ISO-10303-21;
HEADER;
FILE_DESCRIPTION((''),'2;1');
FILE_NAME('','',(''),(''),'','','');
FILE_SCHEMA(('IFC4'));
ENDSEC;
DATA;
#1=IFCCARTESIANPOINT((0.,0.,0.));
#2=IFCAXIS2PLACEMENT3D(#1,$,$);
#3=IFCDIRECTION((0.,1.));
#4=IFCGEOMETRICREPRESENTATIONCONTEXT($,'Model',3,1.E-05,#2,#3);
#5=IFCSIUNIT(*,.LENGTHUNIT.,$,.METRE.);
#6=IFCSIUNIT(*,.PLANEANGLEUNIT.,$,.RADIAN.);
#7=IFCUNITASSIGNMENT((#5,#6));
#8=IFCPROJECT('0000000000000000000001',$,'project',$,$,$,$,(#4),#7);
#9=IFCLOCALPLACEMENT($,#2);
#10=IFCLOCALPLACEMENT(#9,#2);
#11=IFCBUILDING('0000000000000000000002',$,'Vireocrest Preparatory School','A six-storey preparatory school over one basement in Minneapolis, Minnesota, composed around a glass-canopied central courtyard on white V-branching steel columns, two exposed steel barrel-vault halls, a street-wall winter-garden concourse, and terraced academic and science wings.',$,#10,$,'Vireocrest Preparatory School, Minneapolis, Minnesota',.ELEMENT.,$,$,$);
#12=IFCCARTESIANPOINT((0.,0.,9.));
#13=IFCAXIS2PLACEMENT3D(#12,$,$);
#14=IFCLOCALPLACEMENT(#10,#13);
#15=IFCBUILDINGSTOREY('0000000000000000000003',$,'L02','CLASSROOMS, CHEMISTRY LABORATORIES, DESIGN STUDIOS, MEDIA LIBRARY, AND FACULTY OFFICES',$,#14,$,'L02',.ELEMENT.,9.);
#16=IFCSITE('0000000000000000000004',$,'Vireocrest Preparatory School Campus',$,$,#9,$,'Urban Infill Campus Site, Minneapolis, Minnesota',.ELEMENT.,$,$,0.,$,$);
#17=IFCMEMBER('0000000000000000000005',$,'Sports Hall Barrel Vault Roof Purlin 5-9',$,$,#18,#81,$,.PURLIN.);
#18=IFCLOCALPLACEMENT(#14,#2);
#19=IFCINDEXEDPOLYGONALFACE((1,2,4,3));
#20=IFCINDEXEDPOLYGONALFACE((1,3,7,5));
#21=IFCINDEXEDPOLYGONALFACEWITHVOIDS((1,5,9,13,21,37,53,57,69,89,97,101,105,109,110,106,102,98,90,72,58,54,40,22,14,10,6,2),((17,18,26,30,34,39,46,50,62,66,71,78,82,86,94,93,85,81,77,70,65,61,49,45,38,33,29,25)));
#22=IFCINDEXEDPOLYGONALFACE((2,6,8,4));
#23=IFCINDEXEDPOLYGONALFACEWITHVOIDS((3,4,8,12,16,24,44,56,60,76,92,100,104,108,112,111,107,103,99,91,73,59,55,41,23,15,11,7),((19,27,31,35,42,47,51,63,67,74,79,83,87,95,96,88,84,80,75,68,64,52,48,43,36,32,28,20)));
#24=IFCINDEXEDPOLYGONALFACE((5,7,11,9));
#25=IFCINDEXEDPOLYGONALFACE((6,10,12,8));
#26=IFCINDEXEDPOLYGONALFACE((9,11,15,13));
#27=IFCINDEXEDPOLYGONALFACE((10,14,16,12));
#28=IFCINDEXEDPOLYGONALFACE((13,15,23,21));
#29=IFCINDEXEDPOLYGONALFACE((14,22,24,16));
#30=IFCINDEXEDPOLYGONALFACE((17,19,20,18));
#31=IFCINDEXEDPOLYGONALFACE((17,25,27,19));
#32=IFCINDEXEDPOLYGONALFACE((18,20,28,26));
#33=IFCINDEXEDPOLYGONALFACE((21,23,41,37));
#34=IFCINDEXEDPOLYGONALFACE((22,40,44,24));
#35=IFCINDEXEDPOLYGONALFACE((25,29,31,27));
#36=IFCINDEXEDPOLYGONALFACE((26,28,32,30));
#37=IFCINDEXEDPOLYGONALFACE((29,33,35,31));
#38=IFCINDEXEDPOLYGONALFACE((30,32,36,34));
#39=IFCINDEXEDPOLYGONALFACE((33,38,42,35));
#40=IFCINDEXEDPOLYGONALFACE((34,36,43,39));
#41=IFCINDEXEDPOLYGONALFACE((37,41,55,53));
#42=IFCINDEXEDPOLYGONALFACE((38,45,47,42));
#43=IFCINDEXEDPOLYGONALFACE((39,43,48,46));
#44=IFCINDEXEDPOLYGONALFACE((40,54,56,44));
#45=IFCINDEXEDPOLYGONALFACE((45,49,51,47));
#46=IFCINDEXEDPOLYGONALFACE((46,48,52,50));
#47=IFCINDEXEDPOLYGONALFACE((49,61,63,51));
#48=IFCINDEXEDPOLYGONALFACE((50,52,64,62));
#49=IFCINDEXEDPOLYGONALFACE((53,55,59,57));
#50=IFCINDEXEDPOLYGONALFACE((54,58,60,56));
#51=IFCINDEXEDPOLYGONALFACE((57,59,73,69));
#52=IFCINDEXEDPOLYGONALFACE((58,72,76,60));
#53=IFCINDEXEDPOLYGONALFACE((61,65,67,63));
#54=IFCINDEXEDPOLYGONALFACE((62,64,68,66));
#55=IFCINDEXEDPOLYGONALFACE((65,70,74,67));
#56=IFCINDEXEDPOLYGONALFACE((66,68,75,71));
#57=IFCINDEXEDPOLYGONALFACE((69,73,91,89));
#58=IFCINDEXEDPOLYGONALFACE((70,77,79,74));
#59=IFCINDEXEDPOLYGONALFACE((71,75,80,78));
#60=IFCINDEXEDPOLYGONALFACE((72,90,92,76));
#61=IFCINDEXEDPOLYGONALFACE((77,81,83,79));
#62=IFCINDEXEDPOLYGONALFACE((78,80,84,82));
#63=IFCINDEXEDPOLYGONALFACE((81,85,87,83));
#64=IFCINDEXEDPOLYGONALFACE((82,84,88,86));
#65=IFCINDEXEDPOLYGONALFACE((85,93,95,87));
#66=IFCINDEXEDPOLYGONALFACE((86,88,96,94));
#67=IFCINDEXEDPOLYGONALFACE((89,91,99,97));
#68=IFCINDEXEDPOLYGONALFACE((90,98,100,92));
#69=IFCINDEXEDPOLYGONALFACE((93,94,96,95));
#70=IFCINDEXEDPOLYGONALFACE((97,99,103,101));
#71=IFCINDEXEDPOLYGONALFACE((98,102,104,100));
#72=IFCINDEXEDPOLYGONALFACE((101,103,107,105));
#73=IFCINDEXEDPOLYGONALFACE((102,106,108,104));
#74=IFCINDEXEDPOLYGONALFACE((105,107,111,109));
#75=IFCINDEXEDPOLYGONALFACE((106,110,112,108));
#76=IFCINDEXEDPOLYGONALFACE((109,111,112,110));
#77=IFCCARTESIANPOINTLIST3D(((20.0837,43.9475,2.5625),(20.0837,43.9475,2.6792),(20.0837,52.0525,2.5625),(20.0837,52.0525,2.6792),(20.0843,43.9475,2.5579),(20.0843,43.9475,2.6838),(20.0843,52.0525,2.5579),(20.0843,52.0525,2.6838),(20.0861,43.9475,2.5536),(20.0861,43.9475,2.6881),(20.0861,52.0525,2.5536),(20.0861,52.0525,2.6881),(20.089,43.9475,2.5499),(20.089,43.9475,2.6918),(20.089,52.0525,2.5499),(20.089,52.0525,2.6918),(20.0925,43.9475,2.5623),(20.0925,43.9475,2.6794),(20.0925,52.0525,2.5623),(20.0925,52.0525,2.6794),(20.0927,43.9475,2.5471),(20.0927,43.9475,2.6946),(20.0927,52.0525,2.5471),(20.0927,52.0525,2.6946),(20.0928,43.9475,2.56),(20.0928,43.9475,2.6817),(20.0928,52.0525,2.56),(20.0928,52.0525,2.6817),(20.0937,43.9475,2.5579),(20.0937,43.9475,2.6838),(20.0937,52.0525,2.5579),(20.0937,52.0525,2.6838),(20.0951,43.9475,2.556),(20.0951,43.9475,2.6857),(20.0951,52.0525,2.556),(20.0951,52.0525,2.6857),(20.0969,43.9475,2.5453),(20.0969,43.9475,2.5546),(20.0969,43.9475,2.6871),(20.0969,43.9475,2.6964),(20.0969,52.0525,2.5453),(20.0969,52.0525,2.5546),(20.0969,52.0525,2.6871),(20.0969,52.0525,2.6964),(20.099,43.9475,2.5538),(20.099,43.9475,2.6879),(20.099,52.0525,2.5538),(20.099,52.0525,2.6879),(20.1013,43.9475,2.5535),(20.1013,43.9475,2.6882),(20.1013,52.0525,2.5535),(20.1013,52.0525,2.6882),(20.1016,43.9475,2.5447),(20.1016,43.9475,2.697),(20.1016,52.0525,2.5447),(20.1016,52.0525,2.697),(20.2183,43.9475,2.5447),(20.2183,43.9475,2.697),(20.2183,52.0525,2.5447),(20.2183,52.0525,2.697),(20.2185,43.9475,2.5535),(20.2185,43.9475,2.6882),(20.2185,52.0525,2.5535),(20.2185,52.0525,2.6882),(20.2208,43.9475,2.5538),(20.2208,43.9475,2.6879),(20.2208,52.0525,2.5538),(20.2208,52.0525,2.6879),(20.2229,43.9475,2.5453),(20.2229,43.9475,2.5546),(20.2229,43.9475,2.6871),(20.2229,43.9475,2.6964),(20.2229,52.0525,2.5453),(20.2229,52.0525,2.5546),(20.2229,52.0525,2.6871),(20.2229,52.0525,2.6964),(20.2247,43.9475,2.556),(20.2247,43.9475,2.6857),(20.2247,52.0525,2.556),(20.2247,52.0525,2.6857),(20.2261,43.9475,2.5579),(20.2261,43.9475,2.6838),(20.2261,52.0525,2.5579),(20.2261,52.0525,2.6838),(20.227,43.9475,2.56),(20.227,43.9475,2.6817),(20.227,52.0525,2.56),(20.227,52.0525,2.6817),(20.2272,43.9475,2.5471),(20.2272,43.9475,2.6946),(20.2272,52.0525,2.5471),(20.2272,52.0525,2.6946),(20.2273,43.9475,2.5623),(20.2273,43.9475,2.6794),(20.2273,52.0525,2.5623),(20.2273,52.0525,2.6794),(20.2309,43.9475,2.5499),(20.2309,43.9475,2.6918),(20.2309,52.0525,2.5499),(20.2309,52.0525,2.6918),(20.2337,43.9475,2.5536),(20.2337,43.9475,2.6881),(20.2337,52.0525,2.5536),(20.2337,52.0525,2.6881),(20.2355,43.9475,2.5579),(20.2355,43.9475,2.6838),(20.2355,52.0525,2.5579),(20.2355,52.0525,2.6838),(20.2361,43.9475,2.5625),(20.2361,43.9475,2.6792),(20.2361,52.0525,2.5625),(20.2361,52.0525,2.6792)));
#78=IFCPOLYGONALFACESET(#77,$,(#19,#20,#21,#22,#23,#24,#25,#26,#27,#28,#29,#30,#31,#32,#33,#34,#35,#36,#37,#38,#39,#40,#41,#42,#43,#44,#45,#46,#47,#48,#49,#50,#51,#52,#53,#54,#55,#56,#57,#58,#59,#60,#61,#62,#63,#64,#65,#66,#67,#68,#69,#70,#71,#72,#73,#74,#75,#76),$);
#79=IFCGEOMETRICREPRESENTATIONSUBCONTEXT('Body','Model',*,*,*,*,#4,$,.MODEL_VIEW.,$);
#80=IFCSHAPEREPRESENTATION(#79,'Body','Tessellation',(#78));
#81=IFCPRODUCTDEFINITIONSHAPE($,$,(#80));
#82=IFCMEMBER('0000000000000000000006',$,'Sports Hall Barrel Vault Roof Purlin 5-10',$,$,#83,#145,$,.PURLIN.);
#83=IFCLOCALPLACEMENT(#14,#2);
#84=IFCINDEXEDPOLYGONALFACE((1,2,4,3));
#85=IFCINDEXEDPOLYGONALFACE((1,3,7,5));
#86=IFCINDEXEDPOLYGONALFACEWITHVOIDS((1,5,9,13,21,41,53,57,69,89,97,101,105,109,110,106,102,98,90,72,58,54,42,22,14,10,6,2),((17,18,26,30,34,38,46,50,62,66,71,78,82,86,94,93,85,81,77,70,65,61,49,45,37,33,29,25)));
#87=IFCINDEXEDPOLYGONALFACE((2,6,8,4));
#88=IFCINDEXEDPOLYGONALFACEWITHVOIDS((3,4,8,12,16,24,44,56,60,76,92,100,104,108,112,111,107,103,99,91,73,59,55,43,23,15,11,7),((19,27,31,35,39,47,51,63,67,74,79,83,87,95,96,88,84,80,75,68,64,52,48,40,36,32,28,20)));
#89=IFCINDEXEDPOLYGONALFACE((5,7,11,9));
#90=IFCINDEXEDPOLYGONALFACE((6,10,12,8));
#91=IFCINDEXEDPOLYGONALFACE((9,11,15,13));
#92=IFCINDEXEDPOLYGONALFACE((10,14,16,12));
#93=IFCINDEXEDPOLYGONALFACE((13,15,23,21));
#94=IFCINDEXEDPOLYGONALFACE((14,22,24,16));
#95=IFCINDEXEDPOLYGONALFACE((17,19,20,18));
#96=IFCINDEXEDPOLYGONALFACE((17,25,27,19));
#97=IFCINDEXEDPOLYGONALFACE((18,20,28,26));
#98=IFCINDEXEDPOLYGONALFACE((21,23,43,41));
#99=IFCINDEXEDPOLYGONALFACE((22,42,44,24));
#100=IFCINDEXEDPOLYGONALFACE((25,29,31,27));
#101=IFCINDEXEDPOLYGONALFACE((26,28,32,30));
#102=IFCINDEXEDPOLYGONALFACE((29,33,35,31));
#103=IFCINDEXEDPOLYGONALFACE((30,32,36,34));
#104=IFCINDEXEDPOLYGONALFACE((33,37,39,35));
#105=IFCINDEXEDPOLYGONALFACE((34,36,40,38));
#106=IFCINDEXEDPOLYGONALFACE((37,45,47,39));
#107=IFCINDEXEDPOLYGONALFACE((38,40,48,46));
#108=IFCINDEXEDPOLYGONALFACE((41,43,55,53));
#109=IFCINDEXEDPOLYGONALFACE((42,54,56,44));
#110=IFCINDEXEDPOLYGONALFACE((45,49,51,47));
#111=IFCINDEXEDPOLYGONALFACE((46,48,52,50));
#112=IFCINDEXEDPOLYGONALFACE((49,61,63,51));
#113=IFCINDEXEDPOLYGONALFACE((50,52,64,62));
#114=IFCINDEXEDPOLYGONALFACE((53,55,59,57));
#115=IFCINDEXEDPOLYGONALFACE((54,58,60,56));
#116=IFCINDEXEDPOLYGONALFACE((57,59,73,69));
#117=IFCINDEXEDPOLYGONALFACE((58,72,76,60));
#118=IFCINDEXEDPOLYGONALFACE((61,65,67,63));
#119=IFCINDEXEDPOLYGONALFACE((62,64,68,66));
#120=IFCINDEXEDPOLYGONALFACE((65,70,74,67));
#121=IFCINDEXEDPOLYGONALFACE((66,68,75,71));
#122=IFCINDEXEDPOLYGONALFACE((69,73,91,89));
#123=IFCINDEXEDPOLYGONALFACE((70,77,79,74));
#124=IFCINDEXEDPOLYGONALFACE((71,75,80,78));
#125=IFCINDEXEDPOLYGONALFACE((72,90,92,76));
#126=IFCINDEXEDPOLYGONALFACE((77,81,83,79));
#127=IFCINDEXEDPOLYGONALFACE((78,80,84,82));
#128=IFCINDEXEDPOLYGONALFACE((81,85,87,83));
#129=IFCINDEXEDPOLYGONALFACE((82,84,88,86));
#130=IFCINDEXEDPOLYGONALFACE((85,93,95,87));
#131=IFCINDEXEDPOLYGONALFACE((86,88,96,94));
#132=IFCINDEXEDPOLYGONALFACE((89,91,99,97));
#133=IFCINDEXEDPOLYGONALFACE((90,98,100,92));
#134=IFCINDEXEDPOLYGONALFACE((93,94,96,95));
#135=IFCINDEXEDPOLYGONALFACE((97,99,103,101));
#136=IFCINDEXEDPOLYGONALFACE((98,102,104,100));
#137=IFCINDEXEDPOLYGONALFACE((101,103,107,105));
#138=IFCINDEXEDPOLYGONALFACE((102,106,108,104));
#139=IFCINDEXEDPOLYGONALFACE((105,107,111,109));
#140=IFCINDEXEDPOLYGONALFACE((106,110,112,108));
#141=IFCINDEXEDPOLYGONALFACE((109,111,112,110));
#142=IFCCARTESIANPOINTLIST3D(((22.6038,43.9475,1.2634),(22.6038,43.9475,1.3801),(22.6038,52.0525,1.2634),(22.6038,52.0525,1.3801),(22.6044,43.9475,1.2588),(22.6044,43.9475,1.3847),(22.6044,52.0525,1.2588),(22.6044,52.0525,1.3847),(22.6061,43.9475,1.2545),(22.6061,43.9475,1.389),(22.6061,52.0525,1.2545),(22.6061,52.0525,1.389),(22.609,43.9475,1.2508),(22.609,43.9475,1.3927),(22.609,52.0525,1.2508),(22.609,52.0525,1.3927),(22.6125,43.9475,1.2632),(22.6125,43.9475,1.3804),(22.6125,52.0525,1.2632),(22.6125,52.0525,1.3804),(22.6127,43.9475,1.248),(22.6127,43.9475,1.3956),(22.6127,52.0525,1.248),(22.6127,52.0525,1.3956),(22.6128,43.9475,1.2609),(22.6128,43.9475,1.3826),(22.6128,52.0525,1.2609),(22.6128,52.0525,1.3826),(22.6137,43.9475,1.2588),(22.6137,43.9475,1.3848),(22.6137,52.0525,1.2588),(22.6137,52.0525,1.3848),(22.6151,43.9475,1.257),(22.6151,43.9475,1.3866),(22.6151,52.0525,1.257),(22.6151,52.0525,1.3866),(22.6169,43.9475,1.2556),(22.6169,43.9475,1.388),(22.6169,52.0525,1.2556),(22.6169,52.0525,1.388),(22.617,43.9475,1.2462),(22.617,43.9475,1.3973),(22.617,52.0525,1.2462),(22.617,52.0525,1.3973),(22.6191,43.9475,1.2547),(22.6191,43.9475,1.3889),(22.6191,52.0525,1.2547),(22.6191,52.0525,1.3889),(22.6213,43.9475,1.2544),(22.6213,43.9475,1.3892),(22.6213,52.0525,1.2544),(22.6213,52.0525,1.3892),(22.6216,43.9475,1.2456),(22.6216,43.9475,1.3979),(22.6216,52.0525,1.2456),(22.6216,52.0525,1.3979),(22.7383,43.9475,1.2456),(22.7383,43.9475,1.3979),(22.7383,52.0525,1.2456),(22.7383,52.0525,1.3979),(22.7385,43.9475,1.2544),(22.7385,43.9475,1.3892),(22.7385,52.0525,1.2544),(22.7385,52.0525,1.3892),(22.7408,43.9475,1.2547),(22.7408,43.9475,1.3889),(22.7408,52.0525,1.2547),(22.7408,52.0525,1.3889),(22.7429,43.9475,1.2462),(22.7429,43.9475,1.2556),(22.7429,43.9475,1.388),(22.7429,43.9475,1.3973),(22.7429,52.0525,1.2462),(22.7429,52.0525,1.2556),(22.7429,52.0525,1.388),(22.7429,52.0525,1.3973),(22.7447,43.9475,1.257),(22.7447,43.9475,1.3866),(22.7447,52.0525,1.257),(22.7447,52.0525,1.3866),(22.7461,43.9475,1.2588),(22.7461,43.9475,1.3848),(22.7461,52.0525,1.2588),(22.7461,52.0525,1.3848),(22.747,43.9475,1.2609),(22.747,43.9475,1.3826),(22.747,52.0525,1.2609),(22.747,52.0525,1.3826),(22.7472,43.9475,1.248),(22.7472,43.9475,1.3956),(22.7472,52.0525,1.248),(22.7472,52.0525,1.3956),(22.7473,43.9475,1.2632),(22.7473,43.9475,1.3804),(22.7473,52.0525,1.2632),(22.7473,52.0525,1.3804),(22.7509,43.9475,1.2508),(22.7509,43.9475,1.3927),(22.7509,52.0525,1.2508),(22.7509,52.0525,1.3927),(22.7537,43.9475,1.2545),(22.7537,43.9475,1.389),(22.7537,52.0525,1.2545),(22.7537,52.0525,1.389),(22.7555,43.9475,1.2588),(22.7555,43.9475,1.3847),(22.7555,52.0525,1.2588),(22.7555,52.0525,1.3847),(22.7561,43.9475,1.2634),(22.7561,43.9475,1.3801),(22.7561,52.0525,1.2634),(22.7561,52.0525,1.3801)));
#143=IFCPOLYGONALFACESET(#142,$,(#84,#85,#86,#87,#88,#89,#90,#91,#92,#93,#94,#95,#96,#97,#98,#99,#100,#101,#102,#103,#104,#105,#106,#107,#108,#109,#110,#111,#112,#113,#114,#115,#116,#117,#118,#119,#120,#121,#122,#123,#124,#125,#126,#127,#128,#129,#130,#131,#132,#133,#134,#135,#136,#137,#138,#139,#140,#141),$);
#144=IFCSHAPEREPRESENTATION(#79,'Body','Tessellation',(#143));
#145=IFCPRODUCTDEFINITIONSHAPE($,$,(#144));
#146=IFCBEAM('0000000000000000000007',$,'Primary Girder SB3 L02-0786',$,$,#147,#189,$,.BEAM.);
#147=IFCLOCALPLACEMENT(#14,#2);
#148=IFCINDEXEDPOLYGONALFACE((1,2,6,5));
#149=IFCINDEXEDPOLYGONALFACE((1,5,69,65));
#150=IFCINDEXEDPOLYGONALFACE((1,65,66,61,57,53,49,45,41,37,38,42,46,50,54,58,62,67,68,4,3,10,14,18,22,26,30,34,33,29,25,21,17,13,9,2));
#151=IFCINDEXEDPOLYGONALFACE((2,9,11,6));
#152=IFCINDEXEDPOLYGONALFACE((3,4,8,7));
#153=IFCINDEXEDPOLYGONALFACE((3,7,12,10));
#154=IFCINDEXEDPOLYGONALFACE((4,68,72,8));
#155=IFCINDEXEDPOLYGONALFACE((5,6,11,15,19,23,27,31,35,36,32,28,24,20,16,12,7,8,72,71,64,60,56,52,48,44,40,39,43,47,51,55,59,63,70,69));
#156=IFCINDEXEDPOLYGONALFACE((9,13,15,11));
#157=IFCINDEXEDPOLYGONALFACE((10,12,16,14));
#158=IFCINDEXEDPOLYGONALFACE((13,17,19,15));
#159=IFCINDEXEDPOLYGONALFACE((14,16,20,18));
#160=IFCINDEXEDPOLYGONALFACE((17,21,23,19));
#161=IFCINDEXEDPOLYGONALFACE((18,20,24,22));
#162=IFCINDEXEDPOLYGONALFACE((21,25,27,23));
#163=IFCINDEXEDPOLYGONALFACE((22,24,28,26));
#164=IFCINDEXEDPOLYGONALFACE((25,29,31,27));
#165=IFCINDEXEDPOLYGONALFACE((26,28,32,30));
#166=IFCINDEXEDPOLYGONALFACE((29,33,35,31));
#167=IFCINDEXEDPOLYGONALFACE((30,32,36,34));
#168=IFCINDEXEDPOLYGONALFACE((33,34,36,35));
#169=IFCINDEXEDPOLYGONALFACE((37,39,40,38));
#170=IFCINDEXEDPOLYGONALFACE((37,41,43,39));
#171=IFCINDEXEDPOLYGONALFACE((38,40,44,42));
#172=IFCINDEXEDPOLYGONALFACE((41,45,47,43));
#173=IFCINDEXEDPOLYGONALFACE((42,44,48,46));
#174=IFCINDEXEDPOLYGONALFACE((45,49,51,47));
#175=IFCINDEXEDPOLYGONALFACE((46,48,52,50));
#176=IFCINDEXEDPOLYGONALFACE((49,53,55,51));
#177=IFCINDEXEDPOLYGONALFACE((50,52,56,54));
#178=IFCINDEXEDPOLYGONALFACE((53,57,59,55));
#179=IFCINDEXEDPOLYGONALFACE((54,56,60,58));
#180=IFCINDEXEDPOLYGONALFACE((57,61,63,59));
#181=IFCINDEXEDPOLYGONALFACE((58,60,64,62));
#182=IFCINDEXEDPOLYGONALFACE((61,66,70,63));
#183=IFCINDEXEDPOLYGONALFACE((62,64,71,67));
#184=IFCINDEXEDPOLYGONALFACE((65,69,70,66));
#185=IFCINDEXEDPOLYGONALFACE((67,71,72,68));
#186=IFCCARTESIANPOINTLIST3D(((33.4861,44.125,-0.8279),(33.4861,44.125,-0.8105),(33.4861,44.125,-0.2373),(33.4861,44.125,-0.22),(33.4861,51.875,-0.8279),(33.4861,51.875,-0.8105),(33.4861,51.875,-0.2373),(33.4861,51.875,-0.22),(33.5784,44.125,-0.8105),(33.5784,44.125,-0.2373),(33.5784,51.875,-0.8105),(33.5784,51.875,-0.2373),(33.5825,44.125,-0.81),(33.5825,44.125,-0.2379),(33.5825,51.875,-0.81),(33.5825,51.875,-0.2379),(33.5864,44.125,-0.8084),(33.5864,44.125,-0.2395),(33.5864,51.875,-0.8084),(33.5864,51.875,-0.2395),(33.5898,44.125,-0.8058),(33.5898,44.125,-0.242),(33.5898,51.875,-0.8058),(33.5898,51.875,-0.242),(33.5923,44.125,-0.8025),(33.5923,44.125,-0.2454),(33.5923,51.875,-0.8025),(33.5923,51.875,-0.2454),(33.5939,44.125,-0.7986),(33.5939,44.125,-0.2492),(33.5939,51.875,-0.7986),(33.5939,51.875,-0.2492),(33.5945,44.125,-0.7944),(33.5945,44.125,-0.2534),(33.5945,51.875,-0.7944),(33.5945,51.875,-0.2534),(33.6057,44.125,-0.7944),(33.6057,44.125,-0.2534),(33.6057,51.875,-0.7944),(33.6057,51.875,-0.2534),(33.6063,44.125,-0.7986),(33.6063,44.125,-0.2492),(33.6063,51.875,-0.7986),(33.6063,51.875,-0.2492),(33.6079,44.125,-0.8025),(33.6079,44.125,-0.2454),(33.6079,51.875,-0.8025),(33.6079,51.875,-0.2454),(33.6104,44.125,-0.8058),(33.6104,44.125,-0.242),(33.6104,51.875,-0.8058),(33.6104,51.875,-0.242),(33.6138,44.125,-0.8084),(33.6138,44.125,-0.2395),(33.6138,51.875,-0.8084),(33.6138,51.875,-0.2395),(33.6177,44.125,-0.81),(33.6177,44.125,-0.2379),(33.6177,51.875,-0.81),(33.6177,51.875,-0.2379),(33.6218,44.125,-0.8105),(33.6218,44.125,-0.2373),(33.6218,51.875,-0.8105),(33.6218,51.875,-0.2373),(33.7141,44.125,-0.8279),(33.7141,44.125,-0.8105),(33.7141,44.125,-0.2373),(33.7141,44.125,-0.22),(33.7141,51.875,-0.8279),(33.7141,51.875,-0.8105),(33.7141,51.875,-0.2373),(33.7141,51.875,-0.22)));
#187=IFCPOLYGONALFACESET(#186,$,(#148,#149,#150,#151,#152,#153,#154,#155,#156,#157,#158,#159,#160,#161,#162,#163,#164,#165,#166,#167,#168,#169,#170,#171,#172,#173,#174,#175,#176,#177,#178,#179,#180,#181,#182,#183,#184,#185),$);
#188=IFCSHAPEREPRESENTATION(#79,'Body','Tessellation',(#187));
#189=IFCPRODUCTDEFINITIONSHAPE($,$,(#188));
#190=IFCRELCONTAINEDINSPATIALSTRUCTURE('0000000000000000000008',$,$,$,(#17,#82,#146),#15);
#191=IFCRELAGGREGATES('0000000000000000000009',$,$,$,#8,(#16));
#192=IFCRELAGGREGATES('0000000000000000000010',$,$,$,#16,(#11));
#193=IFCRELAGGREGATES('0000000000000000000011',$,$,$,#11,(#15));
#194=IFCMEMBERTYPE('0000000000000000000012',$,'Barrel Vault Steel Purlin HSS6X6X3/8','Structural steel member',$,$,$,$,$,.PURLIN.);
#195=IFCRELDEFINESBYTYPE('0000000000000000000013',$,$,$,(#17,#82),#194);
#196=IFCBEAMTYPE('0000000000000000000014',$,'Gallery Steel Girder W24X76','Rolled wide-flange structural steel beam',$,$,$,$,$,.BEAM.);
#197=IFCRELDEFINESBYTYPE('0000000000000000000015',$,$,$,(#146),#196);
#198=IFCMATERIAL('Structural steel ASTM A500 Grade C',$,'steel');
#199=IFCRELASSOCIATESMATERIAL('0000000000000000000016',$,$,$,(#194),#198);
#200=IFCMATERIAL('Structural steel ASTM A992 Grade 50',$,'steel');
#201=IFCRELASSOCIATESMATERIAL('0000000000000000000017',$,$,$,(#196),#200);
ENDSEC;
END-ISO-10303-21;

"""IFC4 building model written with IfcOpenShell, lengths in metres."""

from ifc_helpers import new_model, si_unit, direction, frame, origin, origin_2d, place, context, subcontext, project, spatial, hollow_rectangle, i_section, extrude, material, material_profile, profile_set, type_object, element, save


model = new_model("IFC4")

# Units and contexts
model_context = context("Model", 3, precision=1e-05, world=origin(), true_north=direction((0.0, 1.0)))
body_context = subcontext(model_context, "Body", "Model", "MODEL_VIEW")
ifc_project = project(units=[si_unit("LENGTHUNIT", "METRE"), si_unit("PLANEANGLEUNIT", "RADIAN")], contexts=[model_context])

# Site, building, storey
site_placement = place(None, origin())
site = spatial("IfcSite", under=ifc_project, at=site_placement, Name="Vireocrest Preparatory School Campus", LongName="Urban Infill Campus Site, Minneapolis, Minnesota", CompositionType="ELEMENT", RefElevation=0.0)
building_placement = place(site_placement, origin())
building = spatial("IfcBuilding", under=site, at=building_placement, Name="Vireocrest Preparatory School", Description="A six-storey preparatory school over one basement in Minneapolis, Minnesota, composed around a glass-canopied central courtyard on white V-branching steel columns, two exposed steel barrel-vault halls, a street-wall winter-garden concourse, and terraced academic and science wings.", LongName="Vireocrest Preparatory School, Minneapolis, Minnesota", CompositionType="ELEMENT")
storey_placement = place(building_placement, frame((0.0, 0.0, 9.0)))
storey = spatial("IfcBuildingStorey", under=building, at=storey_placement, Name="L02", Description="CLASSROOMS, CHEMISTRY LABORATORIES, DESIGN STUDIOS, MEDIA LIBRARY, AND FACULTY OFFICES", LongName="L02", CompositionType="ELEMENT", Elevation=9.0)

# Members
ifc_material_1 = material(Name="Structural steel ASTM A500 Grade C", Category="steel")
ifc_material_profile_1 = material_profile(ifc_material_1, hollow_rectangle(XDim=0.1523, YDim=0.1523, WallThickness=0.0088, InnerFilletRadius=0.0088, OuterFilletRadius=0.0178, at=origin_2d()), Name="HSS6X6X3/8")
ifc_profile_set_1 = profile_set([ifc_material_profile_1], Name="Structural steel ASTM A500 Grade C")
member_type = type_object("IfcMemberType", Name="Barrel Vault Steel Purlin HSS6X6X3/8", Description="Structural steel member", PredefinedType="PURLIN", material=ifc_profile_set_1)
for number, where, z_axis, x_axis, name in (
    (1, (20.1599, 43.9475, 2.6208), (0.0, 1.0, 0.0), (-1.0, 0.0, 0.0), "Sports Hall Barrel Vault Roof Purlin 5-9"),
    (2, (22.6799, 43.9475, 1.3218), (0.0, 1.0, 0.0), (-1.0, 0.0, 0.0), "Sports Hall Barrel Vault Roof Purlin 5-10"),
):
    element("IfcMember", number, at=place(storey_placement, frame(where, z_axis=z_axis, x_axis=x_axis)), inside=storey, type_object=member_type, Name=name, PredefinedType="PURLIN", context=body_context, shape_type="SweptSolid", body=[
        extrude(hollow_rectangle(XDim=0.1523, YDim=0.1523, WallThickness=0.0088, InnerFilletRadius=0.0088, OuterFilletRadius=0.0178, at=origin_2d()), origin(), (0.0, 0.0, 1.0), 8.105),
    ])

# Beam
ifc_material_2 = material(Name="Structural steel ASTM A992 Grade 50", Category="steel")
ifc_material_profile_2 = material_profile(ifc_material_2, i_section(OverallWidth=0.228, OverallDepth=0.6079, WebThickness=0.0112, FlangeThickness=0.0173, FilletRadius=0.0161, at=origin_2d()), Name="W24X76")
ifc_profile_set_2 = profile_set([ifc_material_profile_2], Name="Structural steel ASTM A992 Grade 50")
beam_type_1 = type_object("IfcBeamType", Name="Gallery Steel Girder W24X76", Description="Rolled wide-flange structural steel beam", PredefinedType="BEAM", material=ifc_profile_set_2)
beam_1_placement = place(storey_placement, frame((33.6001, 44.125, -0.5239), z_axis=(0.0, 1.0, 0.0), x_axis=(-1.0, 0.0, 0.0)))
element("IfcBeam", 3, at=beam_1_placement, inside=storey, type_object=beam_type_1, Name="Primary Girder SB3 L02-0786", PredefinedType="BEAM", context=body_context, shape_type="SweptSolid", body=[
    extrude(i_section(OverallWidth=0.228, OverallDepth=0.6079, WebThickness=0.0112, FlangeThickness=0.0173, FilletRadius=0.0161, at=origin_2d()), origin(), (0.0, 0.0, 1.0), 7.75),
])

save(model, "model.ifc")
